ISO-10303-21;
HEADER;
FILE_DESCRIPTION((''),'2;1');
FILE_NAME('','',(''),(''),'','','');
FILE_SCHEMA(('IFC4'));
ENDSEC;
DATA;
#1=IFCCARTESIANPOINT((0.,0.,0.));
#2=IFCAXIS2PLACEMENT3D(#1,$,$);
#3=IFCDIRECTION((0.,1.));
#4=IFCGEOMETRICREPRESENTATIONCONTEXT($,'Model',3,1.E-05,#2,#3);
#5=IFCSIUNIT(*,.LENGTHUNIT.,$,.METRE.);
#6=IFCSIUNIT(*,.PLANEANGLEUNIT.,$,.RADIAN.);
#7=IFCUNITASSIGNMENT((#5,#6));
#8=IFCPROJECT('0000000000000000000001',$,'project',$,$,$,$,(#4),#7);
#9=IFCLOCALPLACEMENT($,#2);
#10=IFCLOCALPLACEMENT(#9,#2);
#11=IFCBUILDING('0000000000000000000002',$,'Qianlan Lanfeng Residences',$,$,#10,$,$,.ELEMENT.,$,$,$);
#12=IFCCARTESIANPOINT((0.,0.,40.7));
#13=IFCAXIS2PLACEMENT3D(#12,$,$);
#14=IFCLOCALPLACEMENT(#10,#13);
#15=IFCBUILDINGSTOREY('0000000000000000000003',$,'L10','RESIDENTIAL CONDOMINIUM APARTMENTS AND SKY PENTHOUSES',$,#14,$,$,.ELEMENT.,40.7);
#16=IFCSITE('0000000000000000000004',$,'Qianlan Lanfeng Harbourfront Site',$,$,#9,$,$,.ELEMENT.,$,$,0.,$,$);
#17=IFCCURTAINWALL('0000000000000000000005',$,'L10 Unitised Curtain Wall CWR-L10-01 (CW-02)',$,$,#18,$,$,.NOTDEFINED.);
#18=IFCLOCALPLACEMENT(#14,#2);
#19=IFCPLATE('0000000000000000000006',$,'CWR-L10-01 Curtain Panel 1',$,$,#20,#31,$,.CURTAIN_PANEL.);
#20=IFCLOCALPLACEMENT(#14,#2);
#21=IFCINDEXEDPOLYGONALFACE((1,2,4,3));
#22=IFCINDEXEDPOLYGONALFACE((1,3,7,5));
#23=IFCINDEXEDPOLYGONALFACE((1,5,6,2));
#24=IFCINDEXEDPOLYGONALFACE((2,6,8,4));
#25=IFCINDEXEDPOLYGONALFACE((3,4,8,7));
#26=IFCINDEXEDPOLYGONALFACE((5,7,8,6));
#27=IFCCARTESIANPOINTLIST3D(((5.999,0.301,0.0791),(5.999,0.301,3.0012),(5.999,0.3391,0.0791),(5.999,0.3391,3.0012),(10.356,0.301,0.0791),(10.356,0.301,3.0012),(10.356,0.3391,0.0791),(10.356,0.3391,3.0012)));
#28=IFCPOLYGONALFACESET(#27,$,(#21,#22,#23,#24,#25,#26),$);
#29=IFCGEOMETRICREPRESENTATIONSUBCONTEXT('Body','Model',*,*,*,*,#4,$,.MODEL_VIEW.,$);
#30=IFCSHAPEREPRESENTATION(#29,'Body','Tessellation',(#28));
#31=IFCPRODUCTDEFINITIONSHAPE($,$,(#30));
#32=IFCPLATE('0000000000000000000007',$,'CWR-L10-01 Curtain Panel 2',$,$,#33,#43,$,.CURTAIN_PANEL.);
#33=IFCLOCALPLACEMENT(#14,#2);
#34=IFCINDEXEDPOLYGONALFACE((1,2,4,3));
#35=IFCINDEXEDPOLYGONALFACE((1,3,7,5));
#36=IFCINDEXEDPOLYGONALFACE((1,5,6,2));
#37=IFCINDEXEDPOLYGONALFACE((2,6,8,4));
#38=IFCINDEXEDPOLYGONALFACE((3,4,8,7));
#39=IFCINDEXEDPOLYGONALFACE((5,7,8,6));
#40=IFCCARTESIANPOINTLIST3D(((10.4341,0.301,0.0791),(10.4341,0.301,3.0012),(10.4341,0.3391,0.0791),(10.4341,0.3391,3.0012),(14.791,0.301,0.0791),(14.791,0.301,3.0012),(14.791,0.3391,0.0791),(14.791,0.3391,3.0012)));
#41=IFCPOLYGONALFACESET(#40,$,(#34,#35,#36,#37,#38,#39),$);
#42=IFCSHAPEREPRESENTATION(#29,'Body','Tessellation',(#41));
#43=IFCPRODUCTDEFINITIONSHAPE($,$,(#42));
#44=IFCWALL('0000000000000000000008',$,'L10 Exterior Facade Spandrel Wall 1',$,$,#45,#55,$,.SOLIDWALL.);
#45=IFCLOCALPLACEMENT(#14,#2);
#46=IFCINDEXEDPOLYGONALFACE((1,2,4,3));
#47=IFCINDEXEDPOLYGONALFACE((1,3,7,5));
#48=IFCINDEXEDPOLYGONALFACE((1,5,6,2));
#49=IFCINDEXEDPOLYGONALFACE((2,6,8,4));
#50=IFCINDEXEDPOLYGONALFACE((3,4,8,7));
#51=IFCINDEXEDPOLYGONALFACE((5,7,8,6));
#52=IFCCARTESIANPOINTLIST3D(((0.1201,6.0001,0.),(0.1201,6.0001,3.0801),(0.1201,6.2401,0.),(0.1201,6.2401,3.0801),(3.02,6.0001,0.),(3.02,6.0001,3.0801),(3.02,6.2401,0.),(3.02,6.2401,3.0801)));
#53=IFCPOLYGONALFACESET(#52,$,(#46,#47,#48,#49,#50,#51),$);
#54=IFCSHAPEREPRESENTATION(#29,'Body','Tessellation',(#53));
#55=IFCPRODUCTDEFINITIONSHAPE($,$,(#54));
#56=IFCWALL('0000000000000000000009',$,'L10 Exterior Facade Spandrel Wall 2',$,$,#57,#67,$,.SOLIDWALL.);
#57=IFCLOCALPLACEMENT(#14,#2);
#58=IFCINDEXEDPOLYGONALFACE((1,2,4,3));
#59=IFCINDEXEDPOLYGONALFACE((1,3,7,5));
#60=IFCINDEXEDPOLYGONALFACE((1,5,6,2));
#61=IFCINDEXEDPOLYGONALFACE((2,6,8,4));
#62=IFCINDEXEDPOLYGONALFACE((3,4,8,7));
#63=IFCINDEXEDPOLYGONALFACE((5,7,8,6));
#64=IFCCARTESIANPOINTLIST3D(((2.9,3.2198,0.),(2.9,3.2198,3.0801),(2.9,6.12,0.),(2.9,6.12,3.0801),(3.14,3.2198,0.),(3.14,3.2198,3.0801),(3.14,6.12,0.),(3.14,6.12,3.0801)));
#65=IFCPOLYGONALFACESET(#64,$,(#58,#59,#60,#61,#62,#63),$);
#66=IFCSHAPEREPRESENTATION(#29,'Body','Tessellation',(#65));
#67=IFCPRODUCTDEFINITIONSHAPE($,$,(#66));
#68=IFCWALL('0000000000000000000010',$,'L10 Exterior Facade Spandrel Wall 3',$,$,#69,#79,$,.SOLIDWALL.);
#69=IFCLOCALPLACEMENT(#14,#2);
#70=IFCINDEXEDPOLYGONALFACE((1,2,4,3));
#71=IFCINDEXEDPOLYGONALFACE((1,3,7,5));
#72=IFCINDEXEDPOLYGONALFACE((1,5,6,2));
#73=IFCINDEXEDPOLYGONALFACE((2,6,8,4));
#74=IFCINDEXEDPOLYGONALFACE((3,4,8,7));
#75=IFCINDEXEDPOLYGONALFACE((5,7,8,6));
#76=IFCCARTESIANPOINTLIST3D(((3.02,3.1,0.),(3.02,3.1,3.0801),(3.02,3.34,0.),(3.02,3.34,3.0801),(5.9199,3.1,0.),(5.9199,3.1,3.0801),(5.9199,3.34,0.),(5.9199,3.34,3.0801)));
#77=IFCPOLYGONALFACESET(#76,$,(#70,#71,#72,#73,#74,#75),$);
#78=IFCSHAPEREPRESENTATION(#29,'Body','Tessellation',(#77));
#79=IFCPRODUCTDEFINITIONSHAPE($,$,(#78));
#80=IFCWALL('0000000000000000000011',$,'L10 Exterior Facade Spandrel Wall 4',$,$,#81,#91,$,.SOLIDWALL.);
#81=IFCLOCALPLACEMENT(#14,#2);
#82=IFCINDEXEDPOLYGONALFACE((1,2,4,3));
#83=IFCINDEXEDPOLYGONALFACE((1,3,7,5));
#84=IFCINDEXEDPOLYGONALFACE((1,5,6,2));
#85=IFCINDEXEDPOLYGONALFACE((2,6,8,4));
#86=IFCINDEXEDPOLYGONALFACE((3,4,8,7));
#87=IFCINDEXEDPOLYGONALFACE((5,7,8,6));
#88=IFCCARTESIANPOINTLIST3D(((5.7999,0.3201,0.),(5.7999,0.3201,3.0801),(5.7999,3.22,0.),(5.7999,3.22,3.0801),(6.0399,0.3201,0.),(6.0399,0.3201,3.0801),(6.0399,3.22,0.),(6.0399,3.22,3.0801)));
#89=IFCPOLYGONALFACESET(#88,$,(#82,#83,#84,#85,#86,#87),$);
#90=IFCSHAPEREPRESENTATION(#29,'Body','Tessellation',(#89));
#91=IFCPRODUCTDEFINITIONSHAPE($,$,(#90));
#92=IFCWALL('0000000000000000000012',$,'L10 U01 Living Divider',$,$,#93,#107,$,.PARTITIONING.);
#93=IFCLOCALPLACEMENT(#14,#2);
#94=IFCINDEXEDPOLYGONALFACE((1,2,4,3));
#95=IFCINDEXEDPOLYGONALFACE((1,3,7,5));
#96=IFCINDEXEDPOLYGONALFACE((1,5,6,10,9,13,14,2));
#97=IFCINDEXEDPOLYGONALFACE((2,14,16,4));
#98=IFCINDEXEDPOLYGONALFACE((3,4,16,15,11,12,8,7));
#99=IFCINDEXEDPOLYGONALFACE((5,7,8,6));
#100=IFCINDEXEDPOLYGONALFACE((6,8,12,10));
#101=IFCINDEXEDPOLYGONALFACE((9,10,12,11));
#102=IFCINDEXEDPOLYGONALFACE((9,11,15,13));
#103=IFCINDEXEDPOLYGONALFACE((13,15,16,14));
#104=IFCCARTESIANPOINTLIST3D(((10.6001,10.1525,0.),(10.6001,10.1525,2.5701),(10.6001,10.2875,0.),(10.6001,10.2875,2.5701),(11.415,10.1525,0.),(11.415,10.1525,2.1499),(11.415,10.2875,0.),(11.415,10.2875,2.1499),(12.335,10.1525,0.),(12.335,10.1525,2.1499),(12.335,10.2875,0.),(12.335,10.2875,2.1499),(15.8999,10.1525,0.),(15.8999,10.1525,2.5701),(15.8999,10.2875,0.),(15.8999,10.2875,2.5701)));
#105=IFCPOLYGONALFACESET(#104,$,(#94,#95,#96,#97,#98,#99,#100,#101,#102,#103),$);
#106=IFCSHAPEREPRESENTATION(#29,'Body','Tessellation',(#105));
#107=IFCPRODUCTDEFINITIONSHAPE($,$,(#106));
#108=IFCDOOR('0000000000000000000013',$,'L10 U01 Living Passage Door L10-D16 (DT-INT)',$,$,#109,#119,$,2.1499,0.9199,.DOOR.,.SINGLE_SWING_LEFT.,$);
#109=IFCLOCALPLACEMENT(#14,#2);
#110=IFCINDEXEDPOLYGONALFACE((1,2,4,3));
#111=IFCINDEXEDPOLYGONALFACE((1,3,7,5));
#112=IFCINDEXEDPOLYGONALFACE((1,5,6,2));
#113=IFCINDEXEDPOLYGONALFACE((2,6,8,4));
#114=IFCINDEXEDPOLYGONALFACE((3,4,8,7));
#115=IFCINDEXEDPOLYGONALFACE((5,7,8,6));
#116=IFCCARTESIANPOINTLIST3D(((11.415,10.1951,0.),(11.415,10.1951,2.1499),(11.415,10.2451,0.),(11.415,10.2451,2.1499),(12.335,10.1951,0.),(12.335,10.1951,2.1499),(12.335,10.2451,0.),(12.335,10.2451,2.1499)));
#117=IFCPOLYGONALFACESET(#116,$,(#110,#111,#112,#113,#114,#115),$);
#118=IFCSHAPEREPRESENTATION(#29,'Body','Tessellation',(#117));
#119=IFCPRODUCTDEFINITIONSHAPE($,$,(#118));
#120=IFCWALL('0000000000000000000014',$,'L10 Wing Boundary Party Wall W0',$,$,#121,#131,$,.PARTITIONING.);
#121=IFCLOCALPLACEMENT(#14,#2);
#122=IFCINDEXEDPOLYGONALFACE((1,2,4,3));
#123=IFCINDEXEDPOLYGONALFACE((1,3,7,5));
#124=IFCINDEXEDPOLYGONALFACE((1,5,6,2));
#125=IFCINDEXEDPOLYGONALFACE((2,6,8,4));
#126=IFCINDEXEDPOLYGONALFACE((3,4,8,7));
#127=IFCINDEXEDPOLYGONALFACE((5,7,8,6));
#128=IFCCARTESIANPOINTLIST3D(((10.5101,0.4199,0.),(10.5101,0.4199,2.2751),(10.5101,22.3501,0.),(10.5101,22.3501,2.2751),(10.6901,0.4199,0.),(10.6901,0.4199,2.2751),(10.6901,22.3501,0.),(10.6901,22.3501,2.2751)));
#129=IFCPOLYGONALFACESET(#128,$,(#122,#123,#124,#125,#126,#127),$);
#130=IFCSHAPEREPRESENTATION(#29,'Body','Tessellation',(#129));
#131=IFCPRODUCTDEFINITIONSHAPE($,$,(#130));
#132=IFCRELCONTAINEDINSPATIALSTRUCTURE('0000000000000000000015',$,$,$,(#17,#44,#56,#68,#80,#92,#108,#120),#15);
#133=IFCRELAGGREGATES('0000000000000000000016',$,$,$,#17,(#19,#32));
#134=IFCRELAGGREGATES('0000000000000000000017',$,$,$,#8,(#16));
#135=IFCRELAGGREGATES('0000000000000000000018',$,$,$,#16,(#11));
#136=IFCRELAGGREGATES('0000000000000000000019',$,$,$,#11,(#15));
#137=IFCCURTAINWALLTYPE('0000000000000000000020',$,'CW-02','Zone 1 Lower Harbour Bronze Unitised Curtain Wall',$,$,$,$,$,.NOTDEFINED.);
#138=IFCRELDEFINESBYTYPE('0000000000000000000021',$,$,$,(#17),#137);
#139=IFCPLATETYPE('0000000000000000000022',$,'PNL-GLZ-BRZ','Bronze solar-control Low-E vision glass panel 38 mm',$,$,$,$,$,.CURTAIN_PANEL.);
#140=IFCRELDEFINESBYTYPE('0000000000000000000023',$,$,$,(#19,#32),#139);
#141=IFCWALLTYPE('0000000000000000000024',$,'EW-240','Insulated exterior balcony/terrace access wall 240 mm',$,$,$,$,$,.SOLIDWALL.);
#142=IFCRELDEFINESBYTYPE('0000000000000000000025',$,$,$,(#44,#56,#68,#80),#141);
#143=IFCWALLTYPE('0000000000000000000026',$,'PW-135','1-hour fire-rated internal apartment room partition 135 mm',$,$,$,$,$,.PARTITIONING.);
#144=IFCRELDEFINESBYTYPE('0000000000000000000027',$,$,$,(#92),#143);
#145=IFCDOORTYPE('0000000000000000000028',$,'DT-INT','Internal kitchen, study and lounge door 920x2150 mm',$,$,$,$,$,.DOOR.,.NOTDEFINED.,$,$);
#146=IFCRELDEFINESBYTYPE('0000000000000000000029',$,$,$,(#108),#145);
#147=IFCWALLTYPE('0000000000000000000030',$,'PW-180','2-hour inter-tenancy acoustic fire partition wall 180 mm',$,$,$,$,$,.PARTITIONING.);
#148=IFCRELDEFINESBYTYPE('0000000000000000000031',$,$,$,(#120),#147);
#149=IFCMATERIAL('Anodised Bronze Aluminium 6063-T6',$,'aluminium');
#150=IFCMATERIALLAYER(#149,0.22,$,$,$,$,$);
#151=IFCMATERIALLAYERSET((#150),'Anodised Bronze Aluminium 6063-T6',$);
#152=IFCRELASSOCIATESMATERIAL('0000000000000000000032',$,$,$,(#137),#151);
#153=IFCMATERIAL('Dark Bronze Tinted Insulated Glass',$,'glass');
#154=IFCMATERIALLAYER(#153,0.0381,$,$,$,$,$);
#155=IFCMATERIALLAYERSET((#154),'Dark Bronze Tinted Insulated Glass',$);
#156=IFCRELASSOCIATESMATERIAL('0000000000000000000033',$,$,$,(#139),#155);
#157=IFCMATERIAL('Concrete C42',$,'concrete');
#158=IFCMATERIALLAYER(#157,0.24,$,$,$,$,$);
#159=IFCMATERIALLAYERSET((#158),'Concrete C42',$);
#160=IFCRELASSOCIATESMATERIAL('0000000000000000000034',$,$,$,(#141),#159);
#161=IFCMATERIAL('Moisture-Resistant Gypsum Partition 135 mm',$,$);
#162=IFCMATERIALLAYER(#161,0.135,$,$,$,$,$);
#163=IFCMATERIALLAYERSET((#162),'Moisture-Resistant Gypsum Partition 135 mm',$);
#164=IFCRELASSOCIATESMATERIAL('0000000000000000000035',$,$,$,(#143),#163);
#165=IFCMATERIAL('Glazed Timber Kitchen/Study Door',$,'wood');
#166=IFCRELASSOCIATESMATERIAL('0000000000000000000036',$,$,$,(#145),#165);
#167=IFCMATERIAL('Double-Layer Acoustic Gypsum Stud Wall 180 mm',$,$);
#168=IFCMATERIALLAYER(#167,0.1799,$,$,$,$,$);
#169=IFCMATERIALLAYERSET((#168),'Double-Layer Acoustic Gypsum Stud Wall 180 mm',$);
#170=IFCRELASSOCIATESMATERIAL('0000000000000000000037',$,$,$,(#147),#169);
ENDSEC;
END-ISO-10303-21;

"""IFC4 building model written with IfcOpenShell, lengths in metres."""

from ifc_helpers import new_model, si_unit, direction, frame, frame_2d, origin, origin_2d, place, context, subcontext, project, spatial, rectangle, extrude, source, transform, mapped, material, layer, layer_set, type_object, element, fill, aggregate, save


model = new_model("IFC4")

# Units and contexts
model_context = context("Model", 3, precision=1e-05, world=origin(), true_north=direction((0.0, 1.0)))
body_context = subcontext(model_context, "Body", "Model", "MODEL_VIEW")
ifc_project = project(units=[si_unit("LENGTHUNIT", "METRE"), si_unit("PLANEANGLEUNIT", "RADIAN")], contexts=[model_context])

# Site, building, storey
site_placement = place(None, origin())
site = spatial("IfcSite", under=ifc_project, at=site_placement, Name="Qianlan Lanfeng Harbourfront Site", CompositionType="ELEMENT", RefElevation=0.0)
building_placement = place(site_placement, origin())
building = spatial("IfcBuilding", under=site, at=building_placement, Name="Qianlan Lanfeng Residences", CompositionType="ELEMENT")
storey_placement = place(building_placement, frame((0.0, 0.0, 40.7)))
storey = spatial("IfcBuildingStorey", under=building, at=storey_placement, Name="L10", Description="RESIDENTIAL CONDOMINIUM APARTMENTS AND SKY PENTHOUSES", CompositionType="ELEMENT", Elevation=40.7)

# Curtain wall
ifc_material_1 = material(Name="Anodised Bronze Aluminium 6063-T6", Category="aluminium")
ifc_layer_1 = layer(ifc_material_1, 0.22)
ifc_layer_set_1 = layer_set([ifc_layer_1], Name="Anodised Bronze Aluminium 6063-T6")
curtain_wall_type = type_object("IfcCurtainWallType", Name="CW-02", Description="Zone 1 Lower Harbour Bronze Unitised Curtain Wall", PredefinedType="NOTDEFINED", material=ifc_layer_set_1)
curtain_wall_1_placement = place(storey_placement, origin())
curtain_wall_1 = element("IfcCurtainWall", 1, at=curtain_wall_1_placement, inside=storey, type_object=curtain_wall_type, Name="L10 Unitised Curtain Wall CWR-L10-01 (CW-02)", PredefinedType="NOTDEFINED")

# Plates
ifc_material_2 = material(Name="Dark Bronze Tinted Insulated Glass", Category="glass")
ifc_layer_2 = layer(ifc_material_2, 0.0381)
ifc_layer_set_2 = layer_set([ifc_layer_2], Name="Dark Bronze Tinted Insulated Glass")
plate_type = type_object("IfcPlateType", Name="PNL-GLZ-BRZ", Description="Bronze solar-control Low-E vision glass panel 38 mm", PredefinedType="CURTAIN_PANEL", material=ifc_layer_set_2)
shared_shape_1 = source(origin(), body_context, "Body", "SweptSolid", [
    extrude(rectangle(XDim=4.3569, YDim=0.0381, at=origin_2d()), origin(), (0.0, 0.0, 1.0), 2.9221),
])
plate_1_placement = place(storey_placement, frame((8.1775, 0.3201, 0.0791), z_axis=(0.0, 0.0, 1.0), x_axis=(1.0, 0.0, 0.0)))
plate_1 = element("IfcPlate", 2, at=plate_1_placement, type_object=plate_type, Name="CWR-L10-01 Curtain Panel 1", PredefinedType="CURTAIN_PANEL", context=body_context, shape_type="MappedRepresentation", body=[
    mapped(shared_shape_1, transform((0.0, 0.0, 0.0), scale=1.0)),
])
plate_2_placement = place(storey_placement, frame((12.6125, 0.3201, 0.0791), z_axis=(0.0, 0.0, 1.0), x_axis=(1.0, 0.0, 0.0)))
plate_2 = element("IfcPlate", 3, at=plate_2_placement, type_object=plate_type, Name="CWR-L10-01 Curtain Panel 2", PredefinedType="CURTAIN_PANEL", context=body_context, shape_type="MappedRepresentation", body=[
    mapped(shared_shape_1, transform((0.0, 0.0, 0.0), scale=1.0)),
])
aggregate(curtain_wall_1, [plate_1, plate_2])

# Walls
ifc_material_3 = material(Name="Concrete C42", Category="concrete")
ifc_layer_3 = layer(ifc_material_3, 0.24)
ifc_layer_set_3 = layer_set([ifc_layer_3], Name="Concrete C42")
wall_type_1 = type_object("IfcWallType", Name="EW-240", Description="Insulated exterior balcony/terrace access wall 240 mm", PredefinedType="SOLIDWALL", material=ifc_layer_set_3)
wall_1_placement = place(storey_placement, frame((0.1201, 6.1201, 0.0), z_axis=(0.0, 0.0, 1.0), x_axis=(1.0, 0.0, 0.0)))
element("IfcWall", 4, at=wall_1_placement, inside=storey, type_object=wall_type_1, Name="L10 Exterior Facade Spandrel Wall 1", PredefinedType="SOLIDWALL", context=body_context, shape_type="SweptSolid", body=[
    extrude(rectangle(XDim=2.8999, YDim=0.24, at=frame_2d((1.45, 0.0))), origin(), (0.0, 0.0, 1.0), 3.0801),
])
wall_2_placement = place(storey_placement, frame((3.02, 6.1201, 0.0), z_axis=(0.0, 0.0, 1.0), x_axis=(0.0, -1.0, 0.0)))
element("IfcWall", 5, at=wall_2_placement, inside=storey, type_object=wall_type_1, Name="L10 Exterior Facade Spandrel Wall 2", PredefinedType="SOLIDWALL", context=body_context, shape_type="SweptSolid", body=[
    extrude(rectangle(XDim=2.9001, YDim=0.24, at=frame_2d((1.4502, 0.0))), origin(), (0.0, 0.0, 1.0), 3.0801),
])
for number, where, z_axis, x_axis, name in (
    (6, (3.02, 3.22, 0.0), (0.0, 0.0, 1.0), (1.0, 0.0, 0.0), "L10 Exterior Facade Spandrel Wall 3"),
    (7, (5.9199, 3.22, 0.0), (0.0, 0.0, 1.0), (0.0, -1.0, 0.0), "L10 Exterior Facade Spandrel Wall 4"),
):
    element("IfcWall", number, at=place(storey_placement, frame(where, z_axis=z_axis, x_axis=x_axis)), inside=storey, type_object=wall_type_1, Name=name, PredefinedType="SOLIDWALL", context=body_context, shape_type="SweptSolid", body=[
        extrude(rectangle(XDim=2.8999, YDim=0.24, at=frame_2d((1.45, 0.0))), origin(), (0.0, 0.0, 1.0), 3.0801),
    ])

# Wall, opening, door
ifc_material_4 = material(Name="Moisture-Resistant Gypsum Partition 135 mm")
ifc_layer_4 = layer(ifc_material_4, 0.135)
ifc_layer_set_4 = layer_set([ifc_layer_4], Name="Moisture-Resistant Gypsum Partition 135 mm")
wall_type_2 = type_object("IfcWallType", Name="PW-135", Description="1-hour fire-rated internal apartment room partition 135 mm", PredefinedType="PARTITIONING", material=ifc_layer_set_4)
wall_3_placement = place(storey_placement, frame((10.6001, 10.22, 0.0), z_axis=(0.0, 0.0, 1.0), x_axis=(1.0, 0.0, 0.0)))
wall_3 = element("IfcWall", 8, at=wall_3_placement, inside=storey, type_object=wall_type_2, Name="L10 U01 Living Divider", PredefinedType="PARTITIONING", context=body_context, shape_type="SweptSolid", body=[
    extrude(rectangle(XDim=5.2998, YDim=0.135, at=frame_2d((2.6499, 0.0))), origin(), (0.0, 0.0, 1.0), 2.5701),
])
opening_1_placement = place(wall_3_placement, frame((0.8149, 0.0, 0.0)))
opening_1 = element("IfcOpeningElement", 9, at=opening_1_placement, cuts=wall_3, PredefinedType="OPENING", context=body_context, shape_type="SweptSolid", body=[
    extrude(rectangle(XDim=0.9199, YDim=2.1499, at=frame_2d((0.46, 1.075))), frame((0.0, 0.0776, 0.0), z_axis=(0.0, -1.0, 0.0), x_axis=(1.0, 0.0, 0.0)), (0.0, 0.0, 1.0), 0.155),
])
ifc_material_5 = material(Name="Glazed Timber Kitchen/Study Door", Category="wood")
door_type_1 = type_object("IfcDoorType", Name="DT-INT", Description="Internal kitchen, study and lounge door 920x2150 mm", OperationType="NOTDEFINED", PredefinedType="DOOR", material=ifc_material_5)
door_1_placement = place(opening_1_placement, frame((0.9199, 0.0, 0.0), z_axis=(0.0, 0.0, 1.0), x_axis=(-1.0, 0.0, 0.0)))
door_1 = element("IfcDoor", 10, at=door_1_placement, inside=storey, type_object=door_type_1, Name="L10 U01 Living Passage Door L10-D16 (DT-INT)", OperationType="SINGLE_SWING_LEFT", OverallHeight=2.1499, OverallWidth=0.9199, PredefinedType="DOOR", context=body_context, shape_type="SweptSolid", body=[
    extrude(rectangle(XDim=0.9199, YDim=2.1499, at=frame_2d((0.46, 1.075))), frame((0.0, 0.0249, 0.0), z_axis=(0.0, -1.0, 0.0), x_axis=(1.0, 0.0, 0.0)), (0.0, 0.0, 1.0), 0.05),
])
fill(opening_1, door_1)

# Wall
ifc_material_6 = material(Name="Double-Layer Acoustic Gypsum Stud Wall 180 mm")
ifc_layer_5 = layer(ifc_material_6, 0.1799)
ifc_layer_set_5 = layer_set([ifc_layer_5], Name="Double-Layer Acoustic Gypsum Stud Wall 180 mm")
wall_type_3 = type_object("IfcWallType", Name="PW-180", Description="2-hour inter-tenancy acoustic fire partition wall 180 mm", PredefinedType="PARTITIONING", material=ifc_layer_set_5)
wall_4_placement = place(storey_placement, frame((10.6001, 0.4199, 0.0), z_axis=(0.0, 0.0, 1.0), x_axis=(0.0, 1.0, 0.0)))
element("IfcWall", 11, at=wall_4_placement, inside=storey, type_object=wall_type_3, Name="L10 Wing Boundary Party Wall W0", PredefinedType="PARTITIONING", context=body_context, shape_type="SweptSolid", body=[
    extrude(rectangle(XDim=21.9302, YDim=0.1799, at=frame_2d((10.9651, 0.0))), origin(), (0.0, 0.0, 1.0), 2.2751),
])

save(model, "model.ifc")
